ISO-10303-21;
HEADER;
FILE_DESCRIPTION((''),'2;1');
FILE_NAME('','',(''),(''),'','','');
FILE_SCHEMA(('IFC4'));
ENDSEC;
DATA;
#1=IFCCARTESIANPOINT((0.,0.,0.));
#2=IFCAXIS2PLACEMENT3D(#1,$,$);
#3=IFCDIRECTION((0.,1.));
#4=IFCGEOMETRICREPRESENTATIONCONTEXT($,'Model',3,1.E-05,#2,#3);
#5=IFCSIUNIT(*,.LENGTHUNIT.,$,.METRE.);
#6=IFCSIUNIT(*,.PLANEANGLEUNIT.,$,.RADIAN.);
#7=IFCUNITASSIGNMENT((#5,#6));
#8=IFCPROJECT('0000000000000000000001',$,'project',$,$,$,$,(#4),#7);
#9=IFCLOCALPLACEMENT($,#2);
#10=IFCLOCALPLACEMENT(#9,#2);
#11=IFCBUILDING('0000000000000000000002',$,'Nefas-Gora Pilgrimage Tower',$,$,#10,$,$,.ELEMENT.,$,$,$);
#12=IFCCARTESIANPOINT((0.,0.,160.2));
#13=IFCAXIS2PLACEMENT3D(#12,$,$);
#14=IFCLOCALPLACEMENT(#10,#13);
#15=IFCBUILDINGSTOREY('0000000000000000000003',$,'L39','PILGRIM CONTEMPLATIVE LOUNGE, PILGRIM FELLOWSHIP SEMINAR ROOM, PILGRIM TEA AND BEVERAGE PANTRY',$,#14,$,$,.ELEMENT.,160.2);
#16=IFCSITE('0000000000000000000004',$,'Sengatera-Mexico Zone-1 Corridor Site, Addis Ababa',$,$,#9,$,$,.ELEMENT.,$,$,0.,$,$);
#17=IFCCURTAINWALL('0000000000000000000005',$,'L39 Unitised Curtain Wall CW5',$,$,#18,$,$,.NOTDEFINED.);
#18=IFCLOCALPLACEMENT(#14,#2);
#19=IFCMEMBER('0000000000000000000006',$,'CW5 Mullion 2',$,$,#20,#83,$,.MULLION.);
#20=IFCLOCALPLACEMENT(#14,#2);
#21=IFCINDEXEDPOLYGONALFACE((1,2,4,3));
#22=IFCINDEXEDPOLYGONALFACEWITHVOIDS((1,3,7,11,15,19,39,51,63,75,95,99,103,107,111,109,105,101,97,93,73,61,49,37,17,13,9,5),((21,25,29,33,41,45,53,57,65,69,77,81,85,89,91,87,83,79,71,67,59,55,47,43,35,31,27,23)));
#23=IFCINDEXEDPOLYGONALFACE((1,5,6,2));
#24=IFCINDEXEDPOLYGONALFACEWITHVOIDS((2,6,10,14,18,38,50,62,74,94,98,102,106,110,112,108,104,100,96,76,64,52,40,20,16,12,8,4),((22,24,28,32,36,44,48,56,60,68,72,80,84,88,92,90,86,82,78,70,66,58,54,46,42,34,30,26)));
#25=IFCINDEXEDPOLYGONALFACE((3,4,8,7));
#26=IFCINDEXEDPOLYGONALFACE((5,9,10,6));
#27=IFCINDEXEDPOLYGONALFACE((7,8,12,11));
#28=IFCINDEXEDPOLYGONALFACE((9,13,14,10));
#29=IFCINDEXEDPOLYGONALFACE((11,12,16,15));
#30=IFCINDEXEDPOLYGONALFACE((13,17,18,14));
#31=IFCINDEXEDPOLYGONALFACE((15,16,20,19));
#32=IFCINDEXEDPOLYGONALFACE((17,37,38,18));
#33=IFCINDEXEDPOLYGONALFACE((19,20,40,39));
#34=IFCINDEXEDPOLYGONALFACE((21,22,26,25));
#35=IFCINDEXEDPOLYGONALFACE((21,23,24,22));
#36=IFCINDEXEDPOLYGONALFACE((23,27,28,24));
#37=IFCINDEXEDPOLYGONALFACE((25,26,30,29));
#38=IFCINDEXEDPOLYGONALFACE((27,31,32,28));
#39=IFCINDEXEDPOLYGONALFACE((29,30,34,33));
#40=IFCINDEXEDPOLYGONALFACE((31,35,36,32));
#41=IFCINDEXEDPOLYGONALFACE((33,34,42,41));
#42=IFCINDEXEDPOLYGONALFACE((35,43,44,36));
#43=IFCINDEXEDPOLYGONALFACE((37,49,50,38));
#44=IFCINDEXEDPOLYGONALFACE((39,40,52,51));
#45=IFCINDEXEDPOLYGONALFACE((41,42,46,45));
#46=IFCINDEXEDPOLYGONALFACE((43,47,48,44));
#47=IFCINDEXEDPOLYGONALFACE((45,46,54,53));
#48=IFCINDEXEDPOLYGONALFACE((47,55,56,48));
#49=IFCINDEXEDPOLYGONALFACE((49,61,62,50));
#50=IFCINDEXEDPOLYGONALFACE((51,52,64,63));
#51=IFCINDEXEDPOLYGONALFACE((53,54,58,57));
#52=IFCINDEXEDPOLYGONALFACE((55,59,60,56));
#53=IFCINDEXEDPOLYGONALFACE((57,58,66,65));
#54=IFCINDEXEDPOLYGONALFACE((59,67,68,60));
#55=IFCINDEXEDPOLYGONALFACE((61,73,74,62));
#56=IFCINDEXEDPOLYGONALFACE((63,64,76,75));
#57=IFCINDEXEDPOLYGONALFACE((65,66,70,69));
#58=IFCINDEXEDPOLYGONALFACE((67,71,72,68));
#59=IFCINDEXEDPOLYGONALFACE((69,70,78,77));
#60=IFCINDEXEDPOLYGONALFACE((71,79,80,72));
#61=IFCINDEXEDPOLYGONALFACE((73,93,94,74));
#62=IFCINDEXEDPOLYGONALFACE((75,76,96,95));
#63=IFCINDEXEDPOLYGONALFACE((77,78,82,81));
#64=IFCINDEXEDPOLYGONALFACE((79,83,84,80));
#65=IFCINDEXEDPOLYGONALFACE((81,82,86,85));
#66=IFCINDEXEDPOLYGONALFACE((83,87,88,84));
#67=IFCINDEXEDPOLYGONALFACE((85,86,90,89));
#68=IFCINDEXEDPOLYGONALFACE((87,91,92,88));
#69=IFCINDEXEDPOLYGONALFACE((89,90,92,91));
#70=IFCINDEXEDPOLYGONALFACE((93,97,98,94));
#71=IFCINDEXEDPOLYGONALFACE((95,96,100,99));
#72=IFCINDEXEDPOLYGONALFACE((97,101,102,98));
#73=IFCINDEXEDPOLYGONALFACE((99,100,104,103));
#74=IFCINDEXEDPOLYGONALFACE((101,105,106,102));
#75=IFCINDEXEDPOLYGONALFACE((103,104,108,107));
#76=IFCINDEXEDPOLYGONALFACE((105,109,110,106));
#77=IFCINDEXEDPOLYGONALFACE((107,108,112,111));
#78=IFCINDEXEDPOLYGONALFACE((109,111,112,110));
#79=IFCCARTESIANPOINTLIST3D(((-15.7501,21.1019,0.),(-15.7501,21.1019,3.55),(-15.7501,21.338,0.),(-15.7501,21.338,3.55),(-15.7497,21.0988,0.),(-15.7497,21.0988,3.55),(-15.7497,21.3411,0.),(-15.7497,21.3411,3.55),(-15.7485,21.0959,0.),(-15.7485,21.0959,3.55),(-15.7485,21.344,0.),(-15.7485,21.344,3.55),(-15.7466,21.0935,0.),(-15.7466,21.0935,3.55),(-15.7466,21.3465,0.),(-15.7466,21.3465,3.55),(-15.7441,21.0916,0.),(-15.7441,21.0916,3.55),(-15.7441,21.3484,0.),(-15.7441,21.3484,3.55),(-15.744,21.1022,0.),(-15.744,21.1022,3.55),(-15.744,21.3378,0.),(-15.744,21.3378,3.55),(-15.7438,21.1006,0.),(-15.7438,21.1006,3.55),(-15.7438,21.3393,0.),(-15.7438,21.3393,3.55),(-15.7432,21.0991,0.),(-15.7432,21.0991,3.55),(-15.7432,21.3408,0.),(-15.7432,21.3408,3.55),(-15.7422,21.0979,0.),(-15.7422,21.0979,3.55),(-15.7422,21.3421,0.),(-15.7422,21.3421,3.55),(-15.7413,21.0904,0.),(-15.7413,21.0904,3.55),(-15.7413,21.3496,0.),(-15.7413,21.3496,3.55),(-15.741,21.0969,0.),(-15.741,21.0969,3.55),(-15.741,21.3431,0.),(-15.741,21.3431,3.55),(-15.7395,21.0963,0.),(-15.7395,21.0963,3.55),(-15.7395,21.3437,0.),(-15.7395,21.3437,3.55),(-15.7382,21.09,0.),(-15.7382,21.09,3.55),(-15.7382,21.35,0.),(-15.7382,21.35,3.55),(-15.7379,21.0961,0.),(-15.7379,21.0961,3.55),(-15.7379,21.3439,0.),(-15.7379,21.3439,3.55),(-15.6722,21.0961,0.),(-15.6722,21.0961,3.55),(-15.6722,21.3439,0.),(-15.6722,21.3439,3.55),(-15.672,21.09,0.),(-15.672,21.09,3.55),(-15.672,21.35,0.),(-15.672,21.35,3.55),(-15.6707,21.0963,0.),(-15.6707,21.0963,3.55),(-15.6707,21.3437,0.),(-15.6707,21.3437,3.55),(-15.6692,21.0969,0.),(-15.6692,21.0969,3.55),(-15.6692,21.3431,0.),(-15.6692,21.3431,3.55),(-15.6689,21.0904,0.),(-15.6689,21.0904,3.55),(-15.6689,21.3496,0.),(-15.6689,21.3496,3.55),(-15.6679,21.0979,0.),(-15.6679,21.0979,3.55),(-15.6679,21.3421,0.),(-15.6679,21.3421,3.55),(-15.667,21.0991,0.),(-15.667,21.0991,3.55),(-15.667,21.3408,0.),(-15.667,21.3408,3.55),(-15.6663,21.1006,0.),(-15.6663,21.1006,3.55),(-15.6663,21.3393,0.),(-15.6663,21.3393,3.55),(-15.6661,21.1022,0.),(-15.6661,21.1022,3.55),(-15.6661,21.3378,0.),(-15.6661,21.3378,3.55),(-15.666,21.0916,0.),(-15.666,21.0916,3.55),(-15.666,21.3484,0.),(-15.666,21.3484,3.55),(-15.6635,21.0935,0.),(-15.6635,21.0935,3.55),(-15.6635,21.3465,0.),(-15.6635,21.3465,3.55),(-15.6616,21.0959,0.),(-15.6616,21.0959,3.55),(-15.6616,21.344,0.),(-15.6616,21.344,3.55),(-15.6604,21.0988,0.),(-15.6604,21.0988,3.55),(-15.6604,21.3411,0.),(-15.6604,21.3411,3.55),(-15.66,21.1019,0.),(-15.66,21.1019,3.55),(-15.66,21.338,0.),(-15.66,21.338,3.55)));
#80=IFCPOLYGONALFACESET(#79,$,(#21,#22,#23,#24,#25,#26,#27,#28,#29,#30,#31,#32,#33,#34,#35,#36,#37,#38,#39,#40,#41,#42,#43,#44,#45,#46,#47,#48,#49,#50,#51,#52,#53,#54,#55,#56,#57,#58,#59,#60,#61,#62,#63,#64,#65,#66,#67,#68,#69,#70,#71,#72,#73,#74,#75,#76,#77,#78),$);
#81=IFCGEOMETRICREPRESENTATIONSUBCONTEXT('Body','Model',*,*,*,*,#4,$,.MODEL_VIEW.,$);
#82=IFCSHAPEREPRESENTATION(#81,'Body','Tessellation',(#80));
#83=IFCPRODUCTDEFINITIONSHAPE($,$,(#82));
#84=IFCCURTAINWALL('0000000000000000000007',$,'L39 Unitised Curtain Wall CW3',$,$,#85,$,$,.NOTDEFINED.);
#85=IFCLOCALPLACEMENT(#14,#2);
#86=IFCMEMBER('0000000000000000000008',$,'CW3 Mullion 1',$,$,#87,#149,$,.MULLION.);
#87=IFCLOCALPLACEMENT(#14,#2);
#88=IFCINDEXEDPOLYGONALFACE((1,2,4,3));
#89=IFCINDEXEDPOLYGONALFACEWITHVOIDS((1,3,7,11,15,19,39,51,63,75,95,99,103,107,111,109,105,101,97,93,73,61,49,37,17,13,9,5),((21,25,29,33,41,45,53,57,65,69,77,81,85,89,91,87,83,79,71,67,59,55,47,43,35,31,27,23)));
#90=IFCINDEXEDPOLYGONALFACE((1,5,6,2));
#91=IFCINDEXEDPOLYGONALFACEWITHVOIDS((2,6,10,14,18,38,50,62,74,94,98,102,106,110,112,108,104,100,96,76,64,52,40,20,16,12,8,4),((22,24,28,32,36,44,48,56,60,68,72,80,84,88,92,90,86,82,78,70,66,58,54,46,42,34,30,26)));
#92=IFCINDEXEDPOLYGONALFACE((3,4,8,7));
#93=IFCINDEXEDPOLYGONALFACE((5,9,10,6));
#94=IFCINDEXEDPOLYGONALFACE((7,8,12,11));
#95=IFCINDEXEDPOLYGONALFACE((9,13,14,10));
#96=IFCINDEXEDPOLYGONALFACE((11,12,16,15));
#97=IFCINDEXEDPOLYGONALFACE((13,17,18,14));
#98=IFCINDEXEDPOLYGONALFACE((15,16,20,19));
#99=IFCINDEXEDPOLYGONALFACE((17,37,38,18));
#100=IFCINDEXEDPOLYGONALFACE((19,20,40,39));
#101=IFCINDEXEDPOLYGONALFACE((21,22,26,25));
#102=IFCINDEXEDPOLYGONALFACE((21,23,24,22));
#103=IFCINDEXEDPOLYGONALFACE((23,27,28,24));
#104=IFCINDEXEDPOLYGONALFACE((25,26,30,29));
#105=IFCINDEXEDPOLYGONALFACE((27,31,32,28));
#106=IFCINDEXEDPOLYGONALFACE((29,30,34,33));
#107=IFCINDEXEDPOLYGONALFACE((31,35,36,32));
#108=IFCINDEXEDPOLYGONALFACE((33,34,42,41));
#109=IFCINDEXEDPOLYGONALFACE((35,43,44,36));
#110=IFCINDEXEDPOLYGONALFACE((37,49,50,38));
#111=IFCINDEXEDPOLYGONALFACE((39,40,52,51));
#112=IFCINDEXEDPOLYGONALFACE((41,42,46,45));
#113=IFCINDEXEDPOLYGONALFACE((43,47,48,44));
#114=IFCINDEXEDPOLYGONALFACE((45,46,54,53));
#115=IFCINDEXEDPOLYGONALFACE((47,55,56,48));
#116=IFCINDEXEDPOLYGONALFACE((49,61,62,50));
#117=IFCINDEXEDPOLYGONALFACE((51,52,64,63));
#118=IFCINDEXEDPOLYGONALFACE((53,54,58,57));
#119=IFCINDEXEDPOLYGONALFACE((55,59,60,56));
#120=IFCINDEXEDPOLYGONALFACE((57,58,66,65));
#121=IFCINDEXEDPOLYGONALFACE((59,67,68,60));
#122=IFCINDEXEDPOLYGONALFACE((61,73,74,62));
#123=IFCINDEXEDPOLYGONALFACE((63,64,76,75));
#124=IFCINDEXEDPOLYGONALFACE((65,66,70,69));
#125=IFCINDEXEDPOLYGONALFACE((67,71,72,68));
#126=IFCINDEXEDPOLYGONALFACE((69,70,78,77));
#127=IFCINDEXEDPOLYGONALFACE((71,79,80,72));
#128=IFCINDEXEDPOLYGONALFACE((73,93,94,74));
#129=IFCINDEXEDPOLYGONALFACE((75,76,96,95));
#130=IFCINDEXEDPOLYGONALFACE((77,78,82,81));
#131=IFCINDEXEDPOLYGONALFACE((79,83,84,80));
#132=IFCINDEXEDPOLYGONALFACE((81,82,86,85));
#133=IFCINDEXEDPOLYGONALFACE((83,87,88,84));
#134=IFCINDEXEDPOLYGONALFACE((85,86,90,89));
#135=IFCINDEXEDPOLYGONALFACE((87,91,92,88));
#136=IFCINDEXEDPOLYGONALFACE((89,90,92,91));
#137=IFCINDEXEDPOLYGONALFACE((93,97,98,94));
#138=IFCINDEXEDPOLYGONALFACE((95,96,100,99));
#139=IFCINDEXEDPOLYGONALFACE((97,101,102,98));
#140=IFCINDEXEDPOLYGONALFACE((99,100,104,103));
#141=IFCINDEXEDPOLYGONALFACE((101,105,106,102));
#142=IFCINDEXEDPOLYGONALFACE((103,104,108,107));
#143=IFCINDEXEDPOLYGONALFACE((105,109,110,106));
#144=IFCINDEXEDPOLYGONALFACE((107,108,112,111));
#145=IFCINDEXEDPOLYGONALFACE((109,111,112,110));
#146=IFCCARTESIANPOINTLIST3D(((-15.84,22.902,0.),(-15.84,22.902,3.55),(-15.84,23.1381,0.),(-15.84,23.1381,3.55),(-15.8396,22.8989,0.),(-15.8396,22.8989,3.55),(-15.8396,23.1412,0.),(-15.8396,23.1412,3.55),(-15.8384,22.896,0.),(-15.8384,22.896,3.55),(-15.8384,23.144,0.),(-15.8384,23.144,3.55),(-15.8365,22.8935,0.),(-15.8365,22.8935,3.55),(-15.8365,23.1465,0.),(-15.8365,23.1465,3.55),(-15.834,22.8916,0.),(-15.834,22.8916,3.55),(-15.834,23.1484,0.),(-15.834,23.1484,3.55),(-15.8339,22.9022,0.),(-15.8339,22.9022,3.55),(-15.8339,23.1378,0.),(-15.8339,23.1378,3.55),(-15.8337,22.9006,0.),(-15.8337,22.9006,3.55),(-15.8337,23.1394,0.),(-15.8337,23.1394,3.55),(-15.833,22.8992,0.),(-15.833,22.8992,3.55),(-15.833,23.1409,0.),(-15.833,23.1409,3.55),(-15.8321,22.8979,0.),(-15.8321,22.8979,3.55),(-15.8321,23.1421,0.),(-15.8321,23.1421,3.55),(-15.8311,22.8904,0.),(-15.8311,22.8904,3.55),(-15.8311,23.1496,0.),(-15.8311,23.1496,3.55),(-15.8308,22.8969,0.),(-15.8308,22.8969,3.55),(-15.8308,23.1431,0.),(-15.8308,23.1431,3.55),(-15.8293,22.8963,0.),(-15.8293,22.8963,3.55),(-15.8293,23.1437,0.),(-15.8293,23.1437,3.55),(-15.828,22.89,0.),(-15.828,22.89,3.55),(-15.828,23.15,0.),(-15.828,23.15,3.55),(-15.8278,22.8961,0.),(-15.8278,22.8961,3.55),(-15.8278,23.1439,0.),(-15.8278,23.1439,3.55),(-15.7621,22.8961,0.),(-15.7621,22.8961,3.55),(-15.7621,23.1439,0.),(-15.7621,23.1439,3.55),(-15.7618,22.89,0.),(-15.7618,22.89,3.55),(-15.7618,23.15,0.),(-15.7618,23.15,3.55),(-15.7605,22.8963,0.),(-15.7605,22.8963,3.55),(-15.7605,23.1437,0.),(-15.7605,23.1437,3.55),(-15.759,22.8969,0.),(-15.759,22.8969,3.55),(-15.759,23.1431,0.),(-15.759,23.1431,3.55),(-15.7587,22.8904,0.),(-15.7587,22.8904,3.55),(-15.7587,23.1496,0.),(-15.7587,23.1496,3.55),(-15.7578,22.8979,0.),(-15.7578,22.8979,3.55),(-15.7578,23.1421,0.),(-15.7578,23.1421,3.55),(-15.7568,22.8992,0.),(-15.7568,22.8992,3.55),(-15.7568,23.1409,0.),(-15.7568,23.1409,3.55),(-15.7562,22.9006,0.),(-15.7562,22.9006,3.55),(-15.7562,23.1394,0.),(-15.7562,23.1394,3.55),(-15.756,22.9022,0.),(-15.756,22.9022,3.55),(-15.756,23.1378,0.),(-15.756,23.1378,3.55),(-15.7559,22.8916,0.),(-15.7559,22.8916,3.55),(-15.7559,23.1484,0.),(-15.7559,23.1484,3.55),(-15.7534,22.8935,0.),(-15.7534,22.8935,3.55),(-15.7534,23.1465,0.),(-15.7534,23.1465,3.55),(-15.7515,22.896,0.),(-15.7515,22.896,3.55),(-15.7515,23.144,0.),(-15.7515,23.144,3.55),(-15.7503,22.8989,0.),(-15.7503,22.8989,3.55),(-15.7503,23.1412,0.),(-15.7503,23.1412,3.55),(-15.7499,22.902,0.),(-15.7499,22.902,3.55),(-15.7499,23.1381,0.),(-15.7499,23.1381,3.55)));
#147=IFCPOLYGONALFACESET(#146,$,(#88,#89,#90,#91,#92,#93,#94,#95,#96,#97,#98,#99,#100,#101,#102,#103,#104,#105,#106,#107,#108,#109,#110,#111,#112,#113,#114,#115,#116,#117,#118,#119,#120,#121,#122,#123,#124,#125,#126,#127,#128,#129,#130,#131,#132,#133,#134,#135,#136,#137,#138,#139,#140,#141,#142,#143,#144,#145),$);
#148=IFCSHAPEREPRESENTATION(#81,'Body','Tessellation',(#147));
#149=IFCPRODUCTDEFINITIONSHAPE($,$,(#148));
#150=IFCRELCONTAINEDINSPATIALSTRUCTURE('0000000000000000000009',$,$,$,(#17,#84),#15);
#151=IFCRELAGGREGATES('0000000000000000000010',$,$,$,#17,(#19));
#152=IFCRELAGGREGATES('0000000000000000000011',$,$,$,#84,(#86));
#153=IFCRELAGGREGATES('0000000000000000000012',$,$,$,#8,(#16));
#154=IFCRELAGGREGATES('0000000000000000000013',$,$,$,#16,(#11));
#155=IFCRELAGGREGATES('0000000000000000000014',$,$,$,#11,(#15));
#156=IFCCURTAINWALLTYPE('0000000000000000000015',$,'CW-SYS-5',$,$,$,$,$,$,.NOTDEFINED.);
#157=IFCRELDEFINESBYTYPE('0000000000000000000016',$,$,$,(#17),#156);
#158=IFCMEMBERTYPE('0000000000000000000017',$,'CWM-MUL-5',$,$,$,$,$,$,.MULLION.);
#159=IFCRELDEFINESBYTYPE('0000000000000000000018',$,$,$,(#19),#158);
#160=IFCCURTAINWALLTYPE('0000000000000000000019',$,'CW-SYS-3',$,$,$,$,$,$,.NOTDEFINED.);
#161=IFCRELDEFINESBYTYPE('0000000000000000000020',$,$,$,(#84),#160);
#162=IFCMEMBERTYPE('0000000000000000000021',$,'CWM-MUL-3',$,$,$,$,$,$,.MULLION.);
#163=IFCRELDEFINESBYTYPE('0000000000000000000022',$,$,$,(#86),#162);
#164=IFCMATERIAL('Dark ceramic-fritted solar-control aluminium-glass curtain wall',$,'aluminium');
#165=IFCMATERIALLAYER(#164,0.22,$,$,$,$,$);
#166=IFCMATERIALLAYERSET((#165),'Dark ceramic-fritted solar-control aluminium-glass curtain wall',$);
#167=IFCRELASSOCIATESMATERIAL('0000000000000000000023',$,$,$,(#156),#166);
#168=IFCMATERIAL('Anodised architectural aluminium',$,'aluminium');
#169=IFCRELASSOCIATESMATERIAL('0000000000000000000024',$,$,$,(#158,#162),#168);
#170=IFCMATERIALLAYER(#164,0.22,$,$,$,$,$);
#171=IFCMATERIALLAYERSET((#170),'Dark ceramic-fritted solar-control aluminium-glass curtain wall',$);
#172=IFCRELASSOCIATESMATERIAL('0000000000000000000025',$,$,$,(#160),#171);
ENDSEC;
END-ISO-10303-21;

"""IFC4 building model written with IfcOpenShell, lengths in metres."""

from ifc_helpers import new_model, si_unit, direction, frame, origin, origin_2d, place, context, subcontext, project, spatial, hollow_rectangle, extrude, source, transform, mapped, material, layer, layer_set, material_profile, profile_set, type_object, element, aggregate, save


model = new_model("IFC4")

# Units and contexts
model_context = context("Model", 3, precision=1e-05, world=origin(), true_north=direction((0.0, 1.0)))
body_context = subcontext(model_context, "Body", "Model", "MODEL_VIEW")
ifc_project = project(units=[si_unit("LENGTHUNIT", "METRE"), si_unit("PLANEANGLEUNIT", "RADIAN")], contexts=[model_context])

# Site, building, storey
site_placement = place(None, origin())
site = spatial("IfcSite", under=ifc_project, at=site_placement, Name="Sengatera-Mexico Zone-1 Corridor Site, Addis Ababa", CompositionType="ELEMENT", RefElevation=0.0)
building_placement = place(site_placement, origin())
building = spatial("IfcBuilding", under=site, at=building_placement, Name="Nefas-Gora Pilgrimage Tower", CompositionType="ELEMENT")
storey_placement = place(building_placement, frame((0.0, 0.0, 160.2)))
storey = spatial("IfcBuildingStorey", under=building, at=storey_placement, Name="L39", Description="PILGRIM CONTEMPLATIVE LOUNGE, PILGRIM FELLOWSHIP SEMINAR ROOM, PILGRIM TEA AND BEVERAGE PANTRY", CompositionType="ELEMENT", Elevation=160.2)

# Curtain wall, member
ifc_material_1 = material(Name="Dark ceramic-fritted solar-control aluminium-glass curtain wall", Category="aluminium")
ifc_layer_1 = layer(ifc_material_1, 0.22)
ifc_layer_set_1 = layer_set([ifc_layer_1], Name="Dark ceramic-fritted solar-control aluminium-glass curtain wall")
curtain_wall_type_1 = type_object("IfcCurtainWallType", Name="CW-SYS-5", PredefinedType="NOTDEFINED", material=ifc_layer_set_1)
curtain_wall_1_placement = place(storey_placement, origin())
curtain_wall_1 = element("IfcCurtainWall", 1, at=curtain_wall_1_placement, inside=storey, type_object=curtain_wall_type_1, Name="L39 Unitised Curtain Wall CW5", PredefinedType="NOTDEFINED")
ifc_material_2 = material(Name="Anodised architectural aluminium", Category="aluminium")
ifc_material_profile_1 = material_profile(ifc_material_2, hollow_rectangle(XDim=0.0901, YDim=0.26, WallThickness=0.0061, InnerFilletRadius=0.0061, OuterFilletRadius=0.012, at=origin_2d()), Name="ALU MULLION 90x260")
ifc_profile_set_1 = profile_set([ifc_material_profile_1], Name="Anodised architectural aluminium")
member_type_1 = type_object("IfcMemberType", Name="CWM-MUL-5", PredefinedType="MULLION", material=ifc_profile_set_1)
shared_shape_1 = source(origin(), body_context, "Body", "SweptSolid", [
    extrude(hollow_rectangle(XDim=0.0901, YDim=0.26, WallThickness=0.0061, InnerFilletRadius=0.0061, OuterFilletRadius=0.012, at=origin_2d()), origin(), (0.0, 0.0, 1.0), 3.55),
])
member_1_placement = place(storey_placement, frame((-15.7051, 21.22, 0.0), z_axis=(0.0, 0.0, 1.0), x_axis=(-1.0, 0.0, 0.0)))
member_1 = element("IfcMember", 2, at=member_1_placement, type_object=member_type_1, Name="CW5 Mullion 2", PredefinedType="MULLION", context=body_context, shape_type="MappedRepresentation", body=[
    mapped(shared_shape_1, transform((0.0, 0.0, 0.0), x_axis=(1.0, 0.0, 0.0), y_axis=(0.0, 1.0, 0.0), z_axis=(0.0, 0.0, 1.0), scale=1.0)),
])

# Curtain wall, member
ifc_layer_2 = layer(ifc_material_1, 0.22)
ifc_layer_set_2 = layer_set([ifc_layer_2], Name="Dark ceramic-fritted solar-control aluminium-glass curtain wall")
curtain_wall_type_2 = type_object("IfcCurtainWallType", Name="CW-SYS-3", PredefinedType="NOTDEFINED", material=ifc_layer_set_2)
curtain_wall_2_placement = place(storey_placement, origin())
curtain_wall_2 = element("IfcCurtainWall", 3, at=curtain_wall_2_placement, inside=storey, type_object=curtain_wall_type_2, Name="L39 Unitised Curtain Wall CW3", PredefinedType="NOTDEFINED")
ifc_material_profile_2 = material_profile(ifc_material_2, hollow_rectangle(XDim=0.0901, YDim=0.26, WallThickness=0.0061, InnerFilletRadius=0.0061, OuterFilletRadius=0.012, at=origin_2d()), Name="ALU MULLION 90x260")
ifc_profile_set_2 = profile_set([ifc_material_profile_2], Name="Anodised architectural aluminium")
member_type_2 = type_object("IfcMemberType", Name="CWM-MUL-3", PredefinedType="MULLION", material=ifc_profile_set_2)
shared_shape_2 = source(origin(), body_context, "Body", "SweptSolid", [
    extrude(hollow_rectangle(XDim=0.0901, YDim=0.26, WallThickness=0.0061, InnerFilletRadius=0.0061, OuterFilletRadius=0.012, at=origin_2d()), origin(), (0.0, 0.0, 1.0), 3.55),
])
member_2_placement = place(storey_placement, frame((-15.7949, 23.02, 0.0), z_axis=(0.0, 0.0, 1.0), x_axis=(-1.0, 0.0, 0.0)))
member_2 = element("IfcMember", 4, at=member_2_placement, type_object=member_type_2, Name="CW3 Mullion 1", PredefinedType="MULLION", context=body_context, shape_type="MappedRepresentation", body=[
    mapped(shared_shape_2, transform((0.0, 0.0, 0.0), x_axis=(1.0, 0.0, 0.0), y_axis=(0.0, 1.0, 0.0), z_axis=(0.0, 0.0, 1.0), scale=1.0)),
])

aggregate(curtain_wall_1, [member_1])
aggregate(curtain_wall_2, [member_2])

save(model, "model.ifc")
